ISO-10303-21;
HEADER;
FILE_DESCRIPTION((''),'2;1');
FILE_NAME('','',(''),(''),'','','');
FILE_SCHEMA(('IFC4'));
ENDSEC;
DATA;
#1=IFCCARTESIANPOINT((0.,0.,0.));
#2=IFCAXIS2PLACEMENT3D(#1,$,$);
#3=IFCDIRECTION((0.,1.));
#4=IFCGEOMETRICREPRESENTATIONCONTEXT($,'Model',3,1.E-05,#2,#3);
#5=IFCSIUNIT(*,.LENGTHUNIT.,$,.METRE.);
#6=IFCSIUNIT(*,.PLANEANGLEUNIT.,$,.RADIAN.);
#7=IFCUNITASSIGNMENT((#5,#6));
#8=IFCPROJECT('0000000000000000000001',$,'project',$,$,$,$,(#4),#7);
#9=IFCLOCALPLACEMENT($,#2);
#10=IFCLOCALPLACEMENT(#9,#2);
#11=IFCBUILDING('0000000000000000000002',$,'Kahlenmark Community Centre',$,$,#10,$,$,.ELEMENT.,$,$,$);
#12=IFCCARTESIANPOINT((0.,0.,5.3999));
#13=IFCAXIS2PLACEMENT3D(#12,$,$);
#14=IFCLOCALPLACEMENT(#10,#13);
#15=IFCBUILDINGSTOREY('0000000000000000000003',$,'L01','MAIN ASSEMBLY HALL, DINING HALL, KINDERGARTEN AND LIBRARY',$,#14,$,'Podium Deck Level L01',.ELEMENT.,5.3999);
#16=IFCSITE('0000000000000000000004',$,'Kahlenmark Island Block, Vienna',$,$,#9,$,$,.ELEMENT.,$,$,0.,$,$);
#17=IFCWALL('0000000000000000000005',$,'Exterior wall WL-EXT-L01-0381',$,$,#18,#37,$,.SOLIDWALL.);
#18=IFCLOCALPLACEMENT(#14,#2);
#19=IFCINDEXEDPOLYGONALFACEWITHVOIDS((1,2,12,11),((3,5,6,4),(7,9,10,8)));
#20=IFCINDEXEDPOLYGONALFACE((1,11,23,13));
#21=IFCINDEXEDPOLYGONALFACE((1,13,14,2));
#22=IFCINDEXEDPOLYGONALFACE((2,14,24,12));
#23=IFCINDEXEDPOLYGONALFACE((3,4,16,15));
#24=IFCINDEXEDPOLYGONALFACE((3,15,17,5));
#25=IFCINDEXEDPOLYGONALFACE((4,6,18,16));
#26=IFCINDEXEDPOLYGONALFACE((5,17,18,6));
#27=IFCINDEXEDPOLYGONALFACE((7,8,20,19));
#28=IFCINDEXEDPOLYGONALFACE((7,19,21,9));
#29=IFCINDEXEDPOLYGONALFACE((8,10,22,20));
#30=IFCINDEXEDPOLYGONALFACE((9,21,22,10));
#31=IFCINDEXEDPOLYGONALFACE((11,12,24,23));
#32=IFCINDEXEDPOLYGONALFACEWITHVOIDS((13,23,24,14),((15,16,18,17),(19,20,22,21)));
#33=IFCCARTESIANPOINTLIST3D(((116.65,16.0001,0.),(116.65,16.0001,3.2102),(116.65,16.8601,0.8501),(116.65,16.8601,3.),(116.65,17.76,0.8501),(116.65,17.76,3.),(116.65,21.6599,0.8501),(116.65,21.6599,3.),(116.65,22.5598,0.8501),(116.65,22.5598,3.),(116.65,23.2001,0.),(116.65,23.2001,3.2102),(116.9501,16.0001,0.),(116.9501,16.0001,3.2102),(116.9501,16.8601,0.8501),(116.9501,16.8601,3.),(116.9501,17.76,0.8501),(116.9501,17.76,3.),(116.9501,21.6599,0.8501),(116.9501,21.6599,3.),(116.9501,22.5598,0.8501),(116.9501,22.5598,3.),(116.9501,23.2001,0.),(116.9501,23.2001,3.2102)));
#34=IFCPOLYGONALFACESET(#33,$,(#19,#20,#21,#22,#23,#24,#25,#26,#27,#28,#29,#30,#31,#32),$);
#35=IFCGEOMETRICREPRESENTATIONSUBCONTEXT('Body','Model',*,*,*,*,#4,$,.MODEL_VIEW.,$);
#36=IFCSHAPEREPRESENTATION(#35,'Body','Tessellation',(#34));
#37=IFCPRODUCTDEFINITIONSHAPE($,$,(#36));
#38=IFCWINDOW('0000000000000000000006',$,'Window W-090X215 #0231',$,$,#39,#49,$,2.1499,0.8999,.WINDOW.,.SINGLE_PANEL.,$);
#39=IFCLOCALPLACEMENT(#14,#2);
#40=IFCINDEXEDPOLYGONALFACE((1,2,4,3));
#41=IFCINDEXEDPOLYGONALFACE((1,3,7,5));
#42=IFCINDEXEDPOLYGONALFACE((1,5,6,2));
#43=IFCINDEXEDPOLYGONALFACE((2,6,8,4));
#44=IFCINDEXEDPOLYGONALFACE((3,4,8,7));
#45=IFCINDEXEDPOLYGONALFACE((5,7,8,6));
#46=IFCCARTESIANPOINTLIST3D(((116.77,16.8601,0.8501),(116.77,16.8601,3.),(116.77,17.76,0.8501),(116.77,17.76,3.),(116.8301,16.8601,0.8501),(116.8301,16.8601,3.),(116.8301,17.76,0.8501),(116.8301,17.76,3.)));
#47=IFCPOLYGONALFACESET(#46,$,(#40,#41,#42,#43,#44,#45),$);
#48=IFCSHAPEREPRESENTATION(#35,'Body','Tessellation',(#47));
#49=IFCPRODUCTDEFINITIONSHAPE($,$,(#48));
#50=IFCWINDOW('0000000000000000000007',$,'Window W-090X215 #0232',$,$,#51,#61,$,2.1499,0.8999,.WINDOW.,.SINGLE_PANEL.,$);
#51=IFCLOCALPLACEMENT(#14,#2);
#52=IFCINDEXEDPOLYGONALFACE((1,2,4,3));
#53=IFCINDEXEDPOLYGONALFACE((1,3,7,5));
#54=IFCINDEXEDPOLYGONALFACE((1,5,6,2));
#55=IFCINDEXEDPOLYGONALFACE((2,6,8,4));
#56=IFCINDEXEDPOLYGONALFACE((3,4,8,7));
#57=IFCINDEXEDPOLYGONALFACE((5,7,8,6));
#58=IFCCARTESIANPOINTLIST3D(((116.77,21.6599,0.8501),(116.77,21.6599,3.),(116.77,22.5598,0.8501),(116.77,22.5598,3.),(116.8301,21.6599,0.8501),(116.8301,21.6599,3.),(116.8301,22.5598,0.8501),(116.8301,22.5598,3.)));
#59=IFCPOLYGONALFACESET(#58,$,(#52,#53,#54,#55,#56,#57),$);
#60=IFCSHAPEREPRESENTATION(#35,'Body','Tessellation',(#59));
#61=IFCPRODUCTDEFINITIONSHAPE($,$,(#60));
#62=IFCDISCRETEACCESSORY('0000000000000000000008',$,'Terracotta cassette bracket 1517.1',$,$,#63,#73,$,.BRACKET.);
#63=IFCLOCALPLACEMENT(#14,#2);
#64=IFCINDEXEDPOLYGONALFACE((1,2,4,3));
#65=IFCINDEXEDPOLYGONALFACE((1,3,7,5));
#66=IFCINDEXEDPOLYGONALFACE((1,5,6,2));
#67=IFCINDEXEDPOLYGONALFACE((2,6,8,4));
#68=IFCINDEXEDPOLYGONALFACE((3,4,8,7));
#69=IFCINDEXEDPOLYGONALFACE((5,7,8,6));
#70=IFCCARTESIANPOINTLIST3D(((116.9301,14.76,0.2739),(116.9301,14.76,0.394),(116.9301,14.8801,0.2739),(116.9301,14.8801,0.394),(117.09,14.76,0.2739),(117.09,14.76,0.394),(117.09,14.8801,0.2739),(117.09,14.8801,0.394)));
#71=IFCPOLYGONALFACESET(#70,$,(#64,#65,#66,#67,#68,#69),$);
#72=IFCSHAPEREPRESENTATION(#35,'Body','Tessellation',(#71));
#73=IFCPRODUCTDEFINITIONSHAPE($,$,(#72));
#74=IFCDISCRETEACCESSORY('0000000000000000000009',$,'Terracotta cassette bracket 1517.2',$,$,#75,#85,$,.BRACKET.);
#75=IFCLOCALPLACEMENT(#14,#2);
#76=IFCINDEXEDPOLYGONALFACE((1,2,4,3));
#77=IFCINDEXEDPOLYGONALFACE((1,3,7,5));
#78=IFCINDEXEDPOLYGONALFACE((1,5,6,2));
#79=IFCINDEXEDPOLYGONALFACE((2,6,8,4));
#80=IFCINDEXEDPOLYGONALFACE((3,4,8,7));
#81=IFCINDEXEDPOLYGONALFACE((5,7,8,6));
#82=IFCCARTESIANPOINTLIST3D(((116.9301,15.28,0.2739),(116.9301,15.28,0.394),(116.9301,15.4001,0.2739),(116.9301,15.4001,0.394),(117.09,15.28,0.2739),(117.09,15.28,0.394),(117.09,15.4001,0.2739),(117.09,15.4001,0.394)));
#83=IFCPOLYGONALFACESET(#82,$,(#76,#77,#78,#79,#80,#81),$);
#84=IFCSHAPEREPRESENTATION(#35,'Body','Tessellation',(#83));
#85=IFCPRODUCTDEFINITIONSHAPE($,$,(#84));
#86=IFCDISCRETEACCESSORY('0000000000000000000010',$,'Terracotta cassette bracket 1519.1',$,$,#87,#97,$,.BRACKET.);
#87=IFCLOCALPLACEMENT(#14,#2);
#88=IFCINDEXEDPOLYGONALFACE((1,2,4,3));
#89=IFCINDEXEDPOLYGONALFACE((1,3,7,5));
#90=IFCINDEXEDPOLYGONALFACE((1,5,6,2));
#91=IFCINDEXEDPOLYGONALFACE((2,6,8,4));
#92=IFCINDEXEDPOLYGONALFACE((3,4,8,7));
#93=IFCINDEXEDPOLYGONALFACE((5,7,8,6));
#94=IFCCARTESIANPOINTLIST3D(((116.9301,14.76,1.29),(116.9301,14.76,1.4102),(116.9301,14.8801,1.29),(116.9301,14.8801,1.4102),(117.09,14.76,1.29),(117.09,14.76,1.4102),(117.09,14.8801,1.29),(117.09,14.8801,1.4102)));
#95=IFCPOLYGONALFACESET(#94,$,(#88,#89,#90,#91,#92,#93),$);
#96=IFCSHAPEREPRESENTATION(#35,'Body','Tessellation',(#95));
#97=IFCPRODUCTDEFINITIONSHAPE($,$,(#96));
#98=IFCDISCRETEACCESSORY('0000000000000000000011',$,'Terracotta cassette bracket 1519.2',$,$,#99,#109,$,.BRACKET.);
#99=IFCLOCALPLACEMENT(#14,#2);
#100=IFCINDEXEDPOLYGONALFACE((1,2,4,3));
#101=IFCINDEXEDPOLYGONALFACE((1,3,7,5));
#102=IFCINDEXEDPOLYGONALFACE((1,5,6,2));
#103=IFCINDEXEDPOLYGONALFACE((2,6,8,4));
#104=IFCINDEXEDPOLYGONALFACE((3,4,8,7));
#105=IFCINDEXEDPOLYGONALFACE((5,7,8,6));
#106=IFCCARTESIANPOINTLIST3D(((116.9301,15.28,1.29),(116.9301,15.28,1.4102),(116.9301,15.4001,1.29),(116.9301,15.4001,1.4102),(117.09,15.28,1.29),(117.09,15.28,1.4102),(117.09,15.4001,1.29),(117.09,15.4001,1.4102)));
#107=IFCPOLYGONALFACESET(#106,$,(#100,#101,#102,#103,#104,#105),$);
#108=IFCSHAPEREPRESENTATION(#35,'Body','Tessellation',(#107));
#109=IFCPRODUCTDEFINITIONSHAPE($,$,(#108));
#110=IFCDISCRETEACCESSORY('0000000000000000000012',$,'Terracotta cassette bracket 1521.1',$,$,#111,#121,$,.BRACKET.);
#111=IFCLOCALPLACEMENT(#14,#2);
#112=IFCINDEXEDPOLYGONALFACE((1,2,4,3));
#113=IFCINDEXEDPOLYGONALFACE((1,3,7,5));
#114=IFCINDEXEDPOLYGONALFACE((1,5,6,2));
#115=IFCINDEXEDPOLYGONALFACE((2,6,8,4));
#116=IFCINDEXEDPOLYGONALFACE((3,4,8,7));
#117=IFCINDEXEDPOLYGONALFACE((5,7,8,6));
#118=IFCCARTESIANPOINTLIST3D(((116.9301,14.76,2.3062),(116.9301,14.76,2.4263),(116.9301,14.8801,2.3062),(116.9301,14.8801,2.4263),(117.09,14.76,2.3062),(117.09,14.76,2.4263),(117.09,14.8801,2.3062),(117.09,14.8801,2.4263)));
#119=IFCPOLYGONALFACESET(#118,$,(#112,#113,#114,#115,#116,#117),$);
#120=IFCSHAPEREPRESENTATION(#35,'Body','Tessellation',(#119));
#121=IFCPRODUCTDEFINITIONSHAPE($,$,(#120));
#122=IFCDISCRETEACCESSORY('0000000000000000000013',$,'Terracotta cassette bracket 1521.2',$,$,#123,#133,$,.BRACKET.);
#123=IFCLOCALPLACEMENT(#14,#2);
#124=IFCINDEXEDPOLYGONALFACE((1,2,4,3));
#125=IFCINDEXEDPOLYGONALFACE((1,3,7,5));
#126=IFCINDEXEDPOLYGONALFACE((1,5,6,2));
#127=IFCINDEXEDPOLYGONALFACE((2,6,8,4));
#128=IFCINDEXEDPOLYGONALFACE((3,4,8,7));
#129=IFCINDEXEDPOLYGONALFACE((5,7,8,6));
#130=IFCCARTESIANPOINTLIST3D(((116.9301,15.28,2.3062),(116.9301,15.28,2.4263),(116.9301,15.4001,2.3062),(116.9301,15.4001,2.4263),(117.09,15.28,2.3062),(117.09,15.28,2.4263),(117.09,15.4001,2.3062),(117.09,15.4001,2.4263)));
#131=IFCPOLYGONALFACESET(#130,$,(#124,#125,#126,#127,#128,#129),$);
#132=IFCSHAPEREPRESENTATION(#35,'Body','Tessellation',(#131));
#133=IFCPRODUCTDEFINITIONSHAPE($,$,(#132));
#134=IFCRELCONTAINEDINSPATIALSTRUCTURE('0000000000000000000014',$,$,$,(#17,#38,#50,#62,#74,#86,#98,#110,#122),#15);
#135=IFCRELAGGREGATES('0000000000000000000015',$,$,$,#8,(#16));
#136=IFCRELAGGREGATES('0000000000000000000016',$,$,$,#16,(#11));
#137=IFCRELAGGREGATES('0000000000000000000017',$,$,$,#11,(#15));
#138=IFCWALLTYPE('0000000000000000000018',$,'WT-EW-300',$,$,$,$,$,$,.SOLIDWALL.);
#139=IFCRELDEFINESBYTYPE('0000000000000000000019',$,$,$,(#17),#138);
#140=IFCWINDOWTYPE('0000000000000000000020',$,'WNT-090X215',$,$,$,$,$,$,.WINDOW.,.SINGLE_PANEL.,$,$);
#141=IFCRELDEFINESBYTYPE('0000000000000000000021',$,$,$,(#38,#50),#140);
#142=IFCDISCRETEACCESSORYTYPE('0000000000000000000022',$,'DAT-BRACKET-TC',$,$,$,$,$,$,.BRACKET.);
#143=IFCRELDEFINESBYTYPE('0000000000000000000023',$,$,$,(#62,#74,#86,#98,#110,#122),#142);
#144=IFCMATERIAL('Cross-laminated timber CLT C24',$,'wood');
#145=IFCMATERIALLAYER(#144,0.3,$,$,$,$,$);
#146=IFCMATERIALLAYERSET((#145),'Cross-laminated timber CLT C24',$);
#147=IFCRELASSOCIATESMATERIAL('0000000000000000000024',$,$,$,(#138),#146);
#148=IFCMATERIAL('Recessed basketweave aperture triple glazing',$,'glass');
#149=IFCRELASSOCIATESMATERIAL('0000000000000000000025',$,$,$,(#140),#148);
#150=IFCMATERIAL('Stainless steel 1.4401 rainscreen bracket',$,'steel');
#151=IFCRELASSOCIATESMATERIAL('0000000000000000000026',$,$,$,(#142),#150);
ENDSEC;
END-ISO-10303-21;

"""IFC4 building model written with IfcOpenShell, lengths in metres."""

from ifc_helpers import new_model, si_unit, direction, frame, frame_2d, origin, origin_2d, place, context, subcontext, project, spatial, rectangle, extrude, material, layer, layer_set, type_object, element, fill, save


model = new_model("IFC4")

# Units and contexts
model_context = context("Model", 3, precision=1e-05, world=origin(), true_north=direction((0.0, 1.0)))
body_context = subcontext(model_context, "Body", "Model", "MODEL_VIEW")
ifc_project = project(units=[si_unit("LENGTHUNIT", "METRE"), si_unit("PLANEANGLEUNIT", "RADIAN")], contexts=[model_context])

# Site, building, storey
site_placement = place(None, origin())
site = spatial("IfcSite", under=ifc_project, at=site_placement, Name="Kahlenmark Island Block, Vienna", CompositionType="ELEMENT", RefElevation=0.0)
building_placement = place(site_placement, origin())
building = spatial("IfcBuilding", under=site, at=building_placement, Name="Kahlenmark Community Centre", CompositionType="ELEMENT")
storey_placement = place(building_placement, frame((0.0, 0.0, 5.3999)))
storey = spatial("IfcBuildingStorey", under=building, at=storey_placement, Name="L01", Description="MAIN ASSEMBLY HALL, DINING HALL, KINDERGARTEN AND LIBRARY", LongName="Podium Deck Level L01", CompositionType="ELEMENT", Elevation=5.3999)

# Wall, openings, windows
ifc_material_1 = material(Name="Cross-laminated timber CLT C24", Category="wood")
ifc_layer_1 = layer(ifc_material_1, 0.3)
ifc_layer_set_1 = layer_set([ifc_layer_1], Name="Cross-laminated timber CLT C24")
wall_type = type_object("IfcWallType", Name="WT-EW-300", PredefinedType="SOLIDWALL", material=ifc_layer_set_1)
wall_placement = place(storey_placement, frame((116.8, 16.0, 0.0), z_axis=(0.0, 0.0, 1.0), x_axis=(0.0, 1.0, 0.0)))
wall = element("IfcWall", 1, at=wall_placement, inside=storey, type_object=wall_type, Name="Exterior wall WL-EXT-L01-0381", PredefinedType="SOLIDWALL", context=body_context, shape_type="SweptSolid", body=[
    extrude(rectangle(XDim=7.2, YDim=0.3, at=frame_2d((3.6001, 0.0))), origin(), (0.0, 0.0, 1.0), 3.2102),
])
opening_1_placement = place(wall_placement, frame((0.8601, 0.0, 0.8501)))
opening_1 = element("IfcOpeningElement", 2, at=opening_1_placement, cuts=wall, PredefinedType="OPENING", context=body_context, shape_type="SweptSolid", body=[
    extrude(rectangle(XDim=0.8999, YDim=2.1499, at=frame_2d((0.45, 1.075))), frame((0.0, 0.1599, 0.0), z_axis=(0.0, -1.0, 0.0), x_axis=(1.0, 0.0, 0.0)), (0.0, 0.0, 1.0), 0.3201),
])
opening_2_placement = place(wall_placement, frame((5.6599, 0.0, 0.8501)))
opening_2 = element("IfcOpeningElement", 3, at=opening_2_placement, cuts=wall, PredefinedType="OPENING", context=body_context, shape_type="SweptSolid", body=[
    extrude(rectangle(XDim=0.8999, YDim=2.1499, at=frame_2d((0.45, 1.075))), frame((0.0, 0.1599, 0.0), z_axis=(0.0, -1.0, 0.0), x_axis=(1.0, 0.0, 0.0)), (0.0, 0.0, 1.0), 0.3201),
])
ifc_material_2 = material(Name="Recessed basketweave aperture triple glazing", Category="glass")
window_type = type_object("IfcWindowType", Name="WNT-090X215", PartitioningType="SINGLE_PANEL", PredefinedType="WINDOW", material=ifc_material_2)
window_1_placement = place(opening_1_placement, origin())
window_1 = element("IfcWindow", 4, at=window_1_placement, inside=storey, type_object=window_type, Name="Window W-090X215 #0231", OverallHeight=2.1499, OverallWidth=0.8999, PartitioningType="SINGLE_PANEL", PredefinedType="WINDOW", context=body_context, shape_type="SweptSolid", body=[
    extrude(rectangle(XDim=0.8999, YDim=2.1499, at=frame_2d((0.45, 1.075))), frame((0.0, 0.03, 0.0), z_axis=(0.0, -1.0, 0.0), x_axis=(1.0, 0.0, 0.0)), (0.0, 0.0, 1.0), 0.0601),
])
fill(opening_1, window_1)
window_2_placement = place(opening_2_placement, origin())
window_2 = element("IfcWindow", 5, at=window_2_placement, inside=storey, type_object=window_type, Name="Window W-090X215 #0232", OverallHeight=2.1499, OverallWidth=0.8999, PartitioningType="SINGLE_PANEL", PredefinedType="WINDOW", context=body_context, shape_type="SweptSolid", body=[
    extrude(rectangle(XDim=0.8999, YDim=2.1499, at=frame_2d((0.45, 1.075))), frame((0.0, 0.03, 0.0), z_axis=(0.0, -1.0, 0.0), x_axis=(1.0, 0.0, 0.0)), (0.0, 0.0, 1.0), 0.0601),
])
fill(opening_2, window_2)

# Discrete accessories
ifc_material_3 = material(Name="Stainless steel 1.4401 rainscreen bracket", Category="steel")
discrete_accessory_type = type_object("IfcDiscreteAccessoryType", Name="DAT-BRACKET-TC", PredefinedType="BRACKET", material=ifc_material_3)
for number, where, z_axis, x_axis, name in (
    (6, (117.01, 14.8201, 0.2739), (0.0, 0.0, 1.0), (0.0, 1.0, 0.0), "Terracotta cassette bracket 1517.1"),
    (7, (117.01, 15.3401, 0.2739), (0.0, 0.0, 1.0), (0.0, 1.0, 0.0), "Terracotta cassette bracket 1517.2"),
    (8, (117.01, 14.8201, 1.29), (0.0, 0.0, 1.0), (0.0, 1.0, 0.0), "Terracotta cassette bracket 1519.1"),
    (9, (117.01, 15.3401, 1.29), (0.0, 0.0, 1.0), (0.0, 1.0, 0.0), "Terracotta cassette bracket 1519.2"),
    (10, (117.01, 14.8201, 2.3062), (0.0, 0.0, 1.0), (0.0, 1.0, 0.0), "Terracotta cassette bracket 1521.1"),
    (11, (117.01, 15.3401, 2.3062), (0.0, 0.0, 1.0), (0.0, 1.0, 0.0), "Terracotta cassette bracket 1521.2"),
):
    element("IfcDiscreteAccessory", number, at=place(storey_placement, frame(where, z_axis=z_axis, x_axis=x_axis)), inside=storey, type_object=discrete_accessory_type, Name=name, PredefinedType="BRACKET", context=body_context, shape_type="SweptSolid", body=[
        extrude(rectangle(XDim=0.1201, YDim=0.1599, at=origin_2d()), origin(), (0.0, 0.0, 1.0), 0.1201),
    ])

save(model, "model.ifc")
